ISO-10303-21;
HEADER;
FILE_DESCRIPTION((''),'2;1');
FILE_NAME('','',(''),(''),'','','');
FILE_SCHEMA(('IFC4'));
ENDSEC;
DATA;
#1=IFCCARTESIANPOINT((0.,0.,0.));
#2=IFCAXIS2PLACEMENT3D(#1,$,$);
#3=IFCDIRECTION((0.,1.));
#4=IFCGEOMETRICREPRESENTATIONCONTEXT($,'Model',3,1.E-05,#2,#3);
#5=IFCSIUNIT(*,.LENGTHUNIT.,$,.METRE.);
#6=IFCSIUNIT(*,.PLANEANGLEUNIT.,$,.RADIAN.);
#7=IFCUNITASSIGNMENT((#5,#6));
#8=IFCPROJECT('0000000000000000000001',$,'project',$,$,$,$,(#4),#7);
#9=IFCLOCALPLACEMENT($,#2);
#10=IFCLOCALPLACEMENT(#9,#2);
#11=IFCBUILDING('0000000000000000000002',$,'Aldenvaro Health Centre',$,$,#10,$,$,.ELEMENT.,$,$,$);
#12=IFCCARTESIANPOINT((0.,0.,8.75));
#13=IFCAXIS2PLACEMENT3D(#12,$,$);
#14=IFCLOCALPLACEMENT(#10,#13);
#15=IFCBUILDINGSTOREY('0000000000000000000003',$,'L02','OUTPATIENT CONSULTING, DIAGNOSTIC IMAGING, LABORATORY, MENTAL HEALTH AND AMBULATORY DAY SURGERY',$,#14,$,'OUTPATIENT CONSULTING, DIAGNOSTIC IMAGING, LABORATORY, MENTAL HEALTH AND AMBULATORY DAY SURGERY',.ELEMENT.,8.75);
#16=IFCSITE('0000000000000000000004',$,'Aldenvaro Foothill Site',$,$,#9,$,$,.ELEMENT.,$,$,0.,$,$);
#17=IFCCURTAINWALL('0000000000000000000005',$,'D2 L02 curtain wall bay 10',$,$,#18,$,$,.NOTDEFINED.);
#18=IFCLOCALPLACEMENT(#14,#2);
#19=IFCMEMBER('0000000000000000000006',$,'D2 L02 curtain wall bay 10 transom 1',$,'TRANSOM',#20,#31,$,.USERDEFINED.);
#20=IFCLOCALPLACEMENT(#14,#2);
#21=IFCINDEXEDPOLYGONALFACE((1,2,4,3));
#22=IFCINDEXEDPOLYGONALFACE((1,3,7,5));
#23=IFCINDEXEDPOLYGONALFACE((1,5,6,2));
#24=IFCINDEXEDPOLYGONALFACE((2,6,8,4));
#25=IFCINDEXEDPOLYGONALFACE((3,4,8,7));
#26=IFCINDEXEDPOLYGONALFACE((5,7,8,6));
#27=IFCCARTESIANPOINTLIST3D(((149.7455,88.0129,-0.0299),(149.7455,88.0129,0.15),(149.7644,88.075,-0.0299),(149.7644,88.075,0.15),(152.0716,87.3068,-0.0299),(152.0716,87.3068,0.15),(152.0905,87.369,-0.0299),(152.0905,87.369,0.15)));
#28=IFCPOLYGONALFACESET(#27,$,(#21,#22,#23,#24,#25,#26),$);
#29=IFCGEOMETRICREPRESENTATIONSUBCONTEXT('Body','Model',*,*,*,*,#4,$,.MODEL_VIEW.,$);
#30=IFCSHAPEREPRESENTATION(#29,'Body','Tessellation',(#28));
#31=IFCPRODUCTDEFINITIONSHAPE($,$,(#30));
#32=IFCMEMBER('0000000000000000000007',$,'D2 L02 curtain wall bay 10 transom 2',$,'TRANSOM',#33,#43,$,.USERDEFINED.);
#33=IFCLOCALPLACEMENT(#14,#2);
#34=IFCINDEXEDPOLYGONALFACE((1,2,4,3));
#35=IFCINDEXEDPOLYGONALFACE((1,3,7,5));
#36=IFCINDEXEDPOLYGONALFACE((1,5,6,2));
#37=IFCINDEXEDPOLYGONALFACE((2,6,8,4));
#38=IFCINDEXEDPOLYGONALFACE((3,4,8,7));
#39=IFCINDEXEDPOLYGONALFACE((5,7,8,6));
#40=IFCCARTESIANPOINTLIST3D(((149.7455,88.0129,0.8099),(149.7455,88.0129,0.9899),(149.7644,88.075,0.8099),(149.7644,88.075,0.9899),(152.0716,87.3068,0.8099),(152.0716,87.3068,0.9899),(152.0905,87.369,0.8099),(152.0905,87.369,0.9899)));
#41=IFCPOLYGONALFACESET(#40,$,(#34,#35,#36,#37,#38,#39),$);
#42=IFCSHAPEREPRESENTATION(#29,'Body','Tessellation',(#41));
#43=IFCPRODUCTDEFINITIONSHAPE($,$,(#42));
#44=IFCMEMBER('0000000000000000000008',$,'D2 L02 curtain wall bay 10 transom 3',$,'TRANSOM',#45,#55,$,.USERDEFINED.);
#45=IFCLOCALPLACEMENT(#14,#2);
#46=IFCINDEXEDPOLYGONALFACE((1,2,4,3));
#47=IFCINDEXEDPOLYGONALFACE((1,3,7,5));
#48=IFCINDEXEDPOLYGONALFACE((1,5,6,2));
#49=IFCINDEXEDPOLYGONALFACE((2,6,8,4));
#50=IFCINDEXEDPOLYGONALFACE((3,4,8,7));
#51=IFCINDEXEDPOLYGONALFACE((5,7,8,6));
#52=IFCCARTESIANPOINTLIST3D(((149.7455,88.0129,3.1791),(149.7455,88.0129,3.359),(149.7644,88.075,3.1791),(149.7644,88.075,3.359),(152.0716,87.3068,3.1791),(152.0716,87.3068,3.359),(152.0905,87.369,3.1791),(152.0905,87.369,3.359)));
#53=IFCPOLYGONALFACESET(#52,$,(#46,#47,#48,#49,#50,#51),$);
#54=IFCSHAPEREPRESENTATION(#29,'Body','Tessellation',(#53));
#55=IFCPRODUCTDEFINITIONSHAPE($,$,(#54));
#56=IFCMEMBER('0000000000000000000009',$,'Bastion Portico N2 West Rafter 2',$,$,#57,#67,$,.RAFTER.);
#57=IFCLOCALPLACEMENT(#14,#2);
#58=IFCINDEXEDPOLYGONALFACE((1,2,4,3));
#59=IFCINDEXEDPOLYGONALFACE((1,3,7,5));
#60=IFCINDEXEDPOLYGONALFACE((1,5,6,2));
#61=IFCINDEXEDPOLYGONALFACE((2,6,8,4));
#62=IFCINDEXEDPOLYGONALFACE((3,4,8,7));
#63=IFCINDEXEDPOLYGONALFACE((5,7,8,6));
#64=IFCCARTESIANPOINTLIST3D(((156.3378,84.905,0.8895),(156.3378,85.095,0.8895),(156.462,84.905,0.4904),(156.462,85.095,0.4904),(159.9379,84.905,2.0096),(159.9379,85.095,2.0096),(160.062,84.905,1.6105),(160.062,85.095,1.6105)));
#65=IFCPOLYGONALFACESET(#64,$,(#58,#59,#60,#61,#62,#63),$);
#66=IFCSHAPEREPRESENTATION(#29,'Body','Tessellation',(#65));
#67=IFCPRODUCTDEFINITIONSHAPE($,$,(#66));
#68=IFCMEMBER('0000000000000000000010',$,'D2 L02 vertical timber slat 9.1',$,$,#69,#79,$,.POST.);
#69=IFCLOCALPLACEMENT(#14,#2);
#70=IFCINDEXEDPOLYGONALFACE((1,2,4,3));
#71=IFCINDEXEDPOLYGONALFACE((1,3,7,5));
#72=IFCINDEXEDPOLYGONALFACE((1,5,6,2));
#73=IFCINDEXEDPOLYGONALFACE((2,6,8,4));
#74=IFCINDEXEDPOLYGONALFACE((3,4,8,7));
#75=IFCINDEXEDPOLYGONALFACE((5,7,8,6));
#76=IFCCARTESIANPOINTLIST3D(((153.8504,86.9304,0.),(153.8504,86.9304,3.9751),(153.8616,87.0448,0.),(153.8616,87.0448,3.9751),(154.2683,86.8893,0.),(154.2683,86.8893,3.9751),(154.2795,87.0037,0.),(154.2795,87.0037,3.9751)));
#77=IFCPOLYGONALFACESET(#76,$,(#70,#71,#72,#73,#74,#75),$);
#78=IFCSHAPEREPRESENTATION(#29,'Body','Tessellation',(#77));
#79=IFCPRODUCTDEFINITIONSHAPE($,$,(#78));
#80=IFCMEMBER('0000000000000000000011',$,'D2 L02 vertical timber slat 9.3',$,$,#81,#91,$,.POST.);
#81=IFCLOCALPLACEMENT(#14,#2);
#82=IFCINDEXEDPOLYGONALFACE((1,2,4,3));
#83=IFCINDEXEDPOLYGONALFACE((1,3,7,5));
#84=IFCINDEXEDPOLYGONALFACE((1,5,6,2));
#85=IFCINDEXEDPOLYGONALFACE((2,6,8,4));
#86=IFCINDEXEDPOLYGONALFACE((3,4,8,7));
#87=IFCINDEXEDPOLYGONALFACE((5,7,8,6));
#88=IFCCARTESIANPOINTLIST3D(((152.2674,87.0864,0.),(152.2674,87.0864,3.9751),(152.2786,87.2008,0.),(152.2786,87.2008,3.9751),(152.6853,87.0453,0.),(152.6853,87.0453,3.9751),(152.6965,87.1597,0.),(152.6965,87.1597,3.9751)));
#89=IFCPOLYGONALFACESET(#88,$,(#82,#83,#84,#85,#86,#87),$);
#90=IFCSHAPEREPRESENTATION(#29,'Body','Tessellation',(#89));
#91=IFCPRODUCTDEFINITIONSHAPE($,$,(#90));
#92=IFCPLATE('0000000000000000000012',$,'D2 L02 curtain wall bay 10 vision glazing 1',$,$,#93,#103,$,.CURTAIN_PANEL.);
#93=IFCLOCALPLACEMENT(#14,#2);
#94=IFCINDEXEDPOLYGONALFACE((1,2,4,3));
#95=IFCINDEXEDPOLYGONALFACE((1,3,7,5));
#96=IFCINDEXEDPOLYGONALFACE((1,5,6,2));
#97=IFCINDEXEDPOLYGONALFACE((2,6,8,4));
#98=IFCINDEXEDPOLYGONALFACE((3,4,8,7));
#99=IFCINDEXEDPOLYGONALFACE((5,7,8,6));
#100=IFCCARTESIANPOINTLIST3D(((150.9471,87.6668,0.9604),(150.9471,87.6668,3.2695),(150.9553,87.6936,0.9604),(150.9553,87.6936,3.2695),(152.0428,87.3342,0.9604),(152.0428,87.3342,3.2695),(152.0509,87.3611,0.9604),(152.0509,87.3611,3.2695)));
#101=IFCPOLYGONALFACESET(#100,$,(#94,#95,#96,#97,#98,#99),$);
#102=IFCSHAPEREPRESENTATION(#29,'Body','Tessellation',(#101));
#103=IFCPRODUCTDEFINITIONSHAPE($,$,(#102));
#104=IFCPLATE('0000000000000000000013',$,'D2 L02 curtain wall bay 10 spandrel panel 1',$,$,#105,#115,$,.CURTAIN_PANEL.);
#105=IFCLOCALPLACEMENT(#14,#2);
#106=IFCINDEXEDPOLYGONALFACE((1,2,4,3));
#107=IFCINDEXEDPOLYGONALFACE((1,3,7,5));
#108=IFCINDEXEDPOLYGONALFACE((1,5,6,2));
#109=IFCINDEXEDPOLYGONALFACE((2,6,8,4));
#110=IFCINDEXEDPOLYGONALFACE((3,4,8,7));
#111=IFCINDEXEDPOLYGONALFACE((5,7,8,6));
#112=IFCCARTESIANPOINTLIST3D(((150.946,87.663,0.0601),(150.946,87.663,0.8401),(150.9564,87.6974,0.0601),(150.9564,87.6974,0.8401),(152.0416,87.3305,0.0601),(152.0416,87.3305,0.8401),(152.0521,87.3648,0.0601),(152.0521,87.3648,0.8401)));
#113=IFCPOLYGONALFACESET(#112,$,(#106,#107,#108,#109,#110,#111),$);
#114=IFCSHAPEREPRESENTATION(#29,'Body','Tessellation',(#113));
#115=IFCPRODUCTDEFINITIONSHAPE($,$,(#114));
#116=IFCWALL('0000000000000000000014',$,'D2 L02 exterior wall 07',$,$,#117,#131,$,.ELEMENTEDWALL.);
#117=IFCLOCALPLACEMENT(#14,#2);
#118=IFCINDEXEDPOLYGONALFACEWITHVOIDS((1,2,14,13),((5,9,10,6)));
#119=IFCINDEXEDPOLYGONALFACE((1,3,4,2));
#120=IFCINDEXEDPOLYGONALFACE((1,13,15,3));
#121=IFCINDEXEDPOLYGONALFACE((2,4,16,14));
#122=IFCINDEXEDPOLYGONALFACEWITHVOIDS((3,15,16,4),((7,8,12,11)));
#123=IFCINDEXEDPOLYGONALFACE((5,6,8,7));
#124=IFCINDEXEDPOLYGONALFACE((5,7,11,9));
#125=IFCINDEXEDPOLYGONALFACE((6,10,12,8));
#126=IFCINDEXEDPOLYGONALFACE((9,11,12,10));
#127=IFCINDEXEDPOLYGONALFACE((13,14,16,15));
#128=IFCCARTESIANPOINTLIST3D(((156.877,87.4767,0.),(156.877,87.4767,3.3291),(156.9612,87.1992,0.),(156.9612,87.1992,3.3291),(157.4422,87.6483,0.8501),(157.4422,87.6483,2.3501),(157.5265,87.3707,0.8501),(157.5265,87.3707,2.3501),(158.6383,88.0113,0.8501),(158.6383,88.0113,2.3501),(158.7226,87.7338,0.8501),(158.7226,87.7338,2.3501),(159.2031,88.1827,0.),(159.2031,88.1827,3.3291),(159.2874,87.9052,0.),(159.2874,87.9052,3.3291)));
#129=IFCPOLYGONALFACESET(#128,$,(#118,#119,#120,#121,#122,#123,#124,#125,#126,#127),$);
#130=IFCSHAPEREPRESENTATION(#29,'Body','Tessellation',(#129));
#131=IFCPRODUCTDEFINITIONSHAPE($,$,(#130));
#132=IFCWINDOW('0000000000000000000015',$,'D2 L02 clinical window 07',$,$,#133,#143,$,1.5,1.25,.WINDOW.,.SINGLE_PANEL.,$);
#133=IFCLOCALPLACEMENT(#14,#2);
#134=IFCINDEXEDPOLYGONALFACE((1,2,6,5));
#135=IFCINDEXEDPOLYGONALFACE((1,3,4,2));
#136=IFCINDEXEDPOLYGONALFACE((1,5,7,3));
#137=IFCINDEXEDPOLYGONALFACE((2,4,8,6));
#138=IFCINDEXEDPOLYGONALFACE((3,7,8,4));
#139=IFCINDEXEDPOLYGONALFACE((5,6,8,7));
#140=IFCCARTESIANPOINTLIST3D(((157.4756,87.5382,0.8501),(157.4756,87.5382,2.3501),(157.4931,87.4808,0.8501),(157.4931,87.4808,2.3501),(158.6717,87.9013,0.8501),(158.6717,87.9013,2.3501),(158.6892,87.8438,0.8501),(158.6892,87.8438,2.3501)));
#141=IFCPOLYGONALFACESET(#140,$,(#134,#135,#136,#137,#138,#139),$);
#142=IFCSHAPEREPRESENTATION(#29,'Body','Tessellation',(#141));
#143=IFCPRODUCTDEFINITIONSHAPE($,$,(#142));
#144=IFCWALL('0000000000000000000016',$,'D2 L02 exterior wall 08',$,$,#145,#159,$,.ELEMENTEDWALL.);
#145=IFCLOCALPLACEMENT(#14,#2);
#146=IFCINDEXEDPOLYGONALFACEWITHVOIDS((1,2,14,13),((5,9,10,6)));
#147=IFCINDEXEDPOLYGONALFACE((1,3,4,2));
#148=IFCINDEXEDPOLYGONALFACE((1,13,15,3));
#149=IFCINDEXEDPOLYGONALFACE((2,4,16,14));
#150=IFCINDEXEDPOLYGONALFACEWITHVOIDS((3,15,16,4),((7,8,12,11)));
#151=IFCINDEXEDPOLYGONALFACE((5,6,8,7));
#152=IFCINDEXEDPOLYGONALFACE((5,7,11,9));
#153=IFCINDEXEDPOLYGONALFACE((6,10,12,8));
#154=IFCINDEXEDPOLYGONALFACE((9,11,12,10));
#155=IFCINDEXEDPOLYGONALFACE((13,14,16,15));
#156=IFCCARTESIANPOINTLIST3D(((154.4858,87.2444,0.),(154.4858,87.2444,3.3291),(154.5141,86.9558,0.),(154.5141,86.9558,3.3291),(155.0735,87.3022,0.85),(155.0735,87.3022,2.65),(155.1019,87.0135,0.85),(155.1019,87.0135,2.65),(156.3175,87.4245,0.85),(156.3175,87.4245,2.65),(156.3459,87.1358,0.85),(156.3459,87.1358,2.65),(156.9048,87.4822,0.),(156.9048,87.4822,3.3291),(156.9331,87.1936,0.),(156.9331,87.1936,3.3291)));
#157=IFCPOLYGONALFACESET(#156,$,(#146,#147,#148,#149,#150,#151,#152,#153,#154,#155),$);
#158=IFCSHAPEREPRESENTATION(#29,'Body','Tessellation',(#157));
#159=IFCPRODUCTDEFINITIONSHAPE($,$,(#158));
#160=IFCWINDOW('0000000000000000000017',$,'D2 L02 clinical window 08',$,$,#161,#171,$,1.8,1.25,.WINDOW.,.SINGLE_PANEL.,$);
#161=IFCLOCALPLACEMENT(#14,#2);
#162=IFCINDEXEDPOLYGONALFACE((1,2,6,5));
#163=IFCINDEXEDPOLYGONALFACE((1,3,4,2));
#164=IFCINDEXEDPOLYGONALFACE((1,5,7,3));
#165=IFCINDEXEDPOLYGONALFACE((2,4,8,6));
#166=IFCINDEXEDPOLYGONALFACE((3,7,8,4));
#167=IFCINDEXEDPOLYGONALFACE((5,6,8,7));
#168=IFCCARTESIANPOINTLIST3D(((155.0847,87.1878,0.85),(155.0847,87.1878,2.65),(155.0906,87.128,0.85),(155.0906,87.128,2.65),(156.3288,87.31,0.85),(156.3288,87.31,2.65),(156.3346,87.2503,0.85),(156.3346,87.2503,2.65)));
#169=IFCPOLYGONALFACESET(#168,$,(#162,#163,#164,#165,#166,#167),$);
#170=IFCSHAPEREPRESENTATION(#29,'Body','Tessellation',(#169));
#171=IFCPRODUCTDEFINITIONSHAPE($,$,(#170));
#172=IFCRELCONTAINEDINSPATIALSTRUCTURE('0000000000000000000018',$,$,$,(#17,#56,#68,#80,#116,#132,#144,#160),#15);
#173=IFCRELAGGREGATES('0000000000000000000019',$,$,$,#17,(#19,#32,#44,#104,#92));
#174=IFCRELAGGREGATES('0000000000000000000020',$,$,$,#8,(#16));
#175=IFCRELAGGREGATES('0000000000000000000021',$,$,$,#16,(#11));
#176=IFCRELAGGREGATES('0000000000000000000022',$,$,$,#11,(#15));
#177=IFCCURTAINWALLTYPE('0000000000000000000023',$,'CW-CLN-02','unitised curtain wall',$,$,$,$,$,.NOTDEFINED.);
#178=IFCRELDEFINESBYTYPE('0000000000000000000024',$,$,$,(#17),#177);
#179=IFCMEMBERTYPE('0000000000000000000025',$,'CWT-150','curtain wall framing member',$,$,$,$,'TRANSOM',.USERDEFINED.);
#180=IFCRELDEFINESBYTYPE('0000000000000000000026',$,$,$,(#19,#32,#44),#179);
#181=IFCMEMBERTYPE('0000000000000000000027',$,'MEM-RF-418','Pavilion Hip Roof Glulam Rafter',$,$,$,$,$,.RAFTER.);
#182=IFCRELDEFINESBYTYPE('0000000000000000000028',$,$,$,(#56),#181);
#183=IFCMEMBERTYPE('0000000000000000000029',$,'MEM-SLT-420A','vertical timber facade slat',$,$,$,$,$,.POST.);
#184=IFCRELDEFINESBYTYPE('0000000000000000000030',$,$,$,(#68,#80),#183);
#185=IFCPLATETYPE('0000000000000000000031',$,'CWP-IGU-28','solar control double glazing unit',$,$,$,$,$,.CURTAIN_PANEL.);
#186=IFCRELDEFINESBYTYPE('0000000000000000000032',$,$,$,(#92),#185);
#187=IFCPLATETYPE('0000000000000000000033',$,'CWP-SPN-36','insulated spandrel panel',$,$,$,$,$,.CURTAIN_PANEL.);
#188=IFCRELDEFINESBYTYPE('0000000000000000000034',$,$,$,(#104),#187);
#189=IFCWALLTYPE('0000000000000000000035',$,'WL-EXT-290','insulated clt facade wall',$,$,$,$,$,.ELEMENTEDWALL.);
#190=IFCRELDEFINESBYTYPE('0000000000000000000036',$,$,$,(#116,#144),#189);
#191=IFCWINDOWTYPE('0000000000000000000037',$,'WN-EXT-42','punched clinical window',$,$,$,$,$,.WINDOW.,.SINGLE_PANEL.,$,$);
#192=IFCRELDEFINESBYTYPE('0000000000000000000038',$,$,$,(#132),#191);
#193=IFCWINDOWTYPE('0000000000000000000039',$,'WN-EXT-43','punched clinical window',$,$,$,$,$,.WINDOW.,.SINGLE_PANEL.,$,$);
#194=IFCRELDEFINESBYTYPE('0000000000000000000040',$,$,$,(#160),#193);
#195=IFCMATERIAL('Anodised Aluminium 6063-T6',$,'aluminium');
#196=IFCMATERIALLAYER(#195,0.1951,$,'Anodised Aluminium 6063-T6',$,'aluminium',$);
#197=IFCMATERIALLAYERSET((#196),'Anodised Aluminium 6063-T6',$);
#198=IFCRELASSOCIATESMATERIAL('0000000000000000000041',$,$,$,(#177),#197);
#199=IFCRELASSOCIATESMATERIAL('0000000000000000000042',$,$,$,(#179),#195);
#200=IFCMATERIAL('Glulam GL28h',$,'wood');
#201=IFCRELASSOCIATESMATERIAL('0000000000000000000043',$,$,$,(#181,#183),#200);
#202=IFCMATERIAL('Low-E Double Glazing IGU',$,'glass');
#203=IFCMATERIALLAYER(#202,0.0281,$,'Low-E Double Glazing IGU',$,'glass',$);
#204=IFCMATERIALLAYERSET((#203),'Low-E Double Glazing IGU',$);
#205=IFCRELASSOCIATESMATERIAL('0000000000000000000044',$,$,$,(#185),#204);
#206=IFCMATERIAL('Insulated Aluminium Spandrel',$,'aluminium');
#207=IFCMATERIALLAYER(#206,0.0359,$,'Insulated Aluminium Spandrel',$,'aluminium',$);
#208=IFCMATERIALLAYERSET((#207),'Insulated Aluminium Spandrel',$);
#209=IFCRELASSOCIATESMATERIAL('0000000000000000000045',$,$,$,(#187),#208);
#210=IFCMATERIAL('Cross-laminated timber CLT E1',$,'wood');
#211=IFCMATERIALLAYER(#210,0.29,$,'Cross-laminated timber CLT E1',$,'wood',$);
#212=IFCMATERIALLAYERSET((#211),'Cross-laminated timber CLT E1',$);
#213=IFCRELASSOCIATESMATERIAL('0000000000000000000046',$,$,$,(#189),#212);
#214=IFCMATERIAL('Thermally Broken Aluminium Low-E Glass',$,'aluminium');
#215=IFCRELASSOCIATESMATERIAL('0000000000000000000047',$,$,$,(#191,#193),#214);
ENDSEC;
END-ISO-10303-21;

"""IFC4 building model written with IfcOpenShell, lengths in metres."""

from ifc_helpers import new_model, si_unit, direction, frame, frame_2d, origin, origin_2d, place, context, subcontext, project, spatial, rectangle, extrude, material, layer, layer_set, material_profile, profile_set, type_object, element, fill, aggregate, save


model = new_model("IFC4")

# Units and contexts
model_context = context("Model", 3, precision=1e-05, world=origin(), true_north=direction((0.0, 1.0)))
body_context = subcontext(model_context, "Body", "Model", "MODEL_VIEW")
ifc_project = project(units=[si_unit("LENGTHUNIT", "METRE"), si_unit("PLANEANGLEUNIT", "RADIAN")], contexts=[model_context])

# Site, building, storey
site_placement = place(None, origin())
site = spatial("IfcSite", under=ifc_project, at=site_placement, Name="Aldenvaro Foothill Site", CompositionType="ELEMENT", RefElevation=0.0)
building_placement = place(site_placement, origin())
building = spatial("IfcBuilding", under=site, at=building_placement, Name="Aldenvaro Health Centre", CompositionType="ELEMENT")
storey_placement = place(building_placement, frame((0.0, 0.0, 8.75)))
storey = spatial("IfcBuildingStorey", under=building, at=storey_placement, Name="L02", Description="OUTPATIENT CONSULTING, DIAGNOSTIC IMAGING, LABORATORY, MENTAL HEALTH AND AMBULATORY DAY SURGERY", LongName="OUTPATIENT CONSULTING, DIAGNOSTIC IMAGING, LABORATORY, MENTAL HEALTH AND AMBULATORY DAY SURGERY", CompositionType="ELEMENT", Elevation=8.75)

# Shared definitions
ifc_material_1 = material(Name="Glulam GL28h", Category="wood")

# Curtain wall, members
ifc_material_2 = material(Name="Anodised Aluminium 6063-T6", Category="aluminium")
ifc_layer_1 = layer(ifc_material_2, 0.1951, Name="Anodised Aluminium 6063-T6", Category="aluminium")
ifc_layer_set_1 = layer_set([ifc_layer_1], Name="Anodised Aluminium 6063-T6")
curtain_wall_type = type_object("IfcCurtainWallType", Name="CW-CLN-02", Description="unitised curtain wall", PredefinedType="NOTDEFINED", material=ifc_layer_set_1)
curtain_wall_placement = place(storey_placement, origin())
curtain_wall = element("IfcCurtainWall", 1, at=curtain_wall_placement, inside=storey, type_object=curtain_wall_type, Name="D2 L02 curtain wall bay 10", PredefinedType="NOTDEFINED")
ifc_material_profile_1 = material_profile(ifc_material_2, rectangle(XDim=0.0649, YDim=0.1799, at=origin_2d()), Name="ALU 65x180", Category="aluminium")
ifc_profile_set_1 = profile_set([ifc_material_profile_1], Name="Anodised Aluminium 6063-T6")
member_type_1 = type_object("IfcMemberType", Name="CWT-150", Description="curtain wall framing member", ElementType="TRANSOM", PredefinedType="USERDEFINED", material=ifc_profile_set_1)
member_1_placement = place(storey_placement, frame((152.0811, 87.3379, 0.0601), z_axis=(-0.956893, 0.290442, 0.0), x_axis=(-0.290442, -0.956893, 0.0)))
member_1 = element("IfcMember", 2, at=member_1_placement, type_object=member_type_1, Name="D2 L02 curtain wall bay 10 transom 1", ObjectType="TRANSOM", PredefinedType="USERDEFINED", context=body_context, shape_type="SweptSolid", body=[
    extrude(rectangle(XDim=0.0649, YDim=0.1799, at=origin_2d()), origin(), (0.0, 0.0, 1.0), 2.4309),
])
member_2_placement = place(storey_placement, frame((152.0811, 87.3379, 0.8999), z_axis=(-0.956893, 0.290442, 0.0), x_axis=(-0.290442, -0.956893, 0.0)))
member_2 = element("IfcMember", 3, at=member_2_placement, type_object=member_type_1, Name="D2 L02 curtain wall bay 10 transom 2", ObjectType="TRANSOM", PredefinedType="USERDEFINED", context=body_context, shape_type="SweptSolid", body=[
    extrude(rectangle(XDim=0.0649, YDim=0.1799, at=origin_2d()), origin(), (0.0, 0.0, 1.0), 2.4309),
])
member_3_placement = place(storey_placement, frame((152.0811, 87.3379, 3.269), z_axis=(-0.956893, 0.290442, 0.0), x_axis=(-0.290442, -0.956893, 0.0)))
member_3 = element("IfcMember", 4, at=member_3_placement, type_object=member_type_1, Name="D2 L02 curtain wall bay 10 transom 3", ObjectType="TRANSOM", PredefinedType="USERDEFINED", context=body_context, shape_type="SweptSolid", body=[
    extrude(rectangle(XDim=0.0649, YDim=0.1799, at=origin_2d()), origin(), (0.0, 0.0, 1.0), 2.4309),
])

# Members
ifc_material_profile_2 = material_profile(ifc_material_1, rectangle(XDim=0.1899, YDim=0.418, at=origin_2d()), Name="GL 190x418", Category="wood")
ifc_profile_set_2 = profile_set([ifc_material_profile_2], Name="Glulam GL28h")
member_type_2 = type_object("IfcMemberType", Name="MEM-RF-418", Description="Pavilion Hip Roof Glulam Rafter", PredefinedType="RAFTER", material=ifc_profile_set_2)
member_4_placement = place(storey_placement, frame((156.3999, 85.0, 0.6899), z_axis=(0.95485, 0.0, 0.297088), x_axis=(0.0, 1.0, 0.0)))
element("IfcMember", 5, at=member_4_placement, inside=storey, type_object=member_type_2, Name="Bastion Portico N2 West Rafter 2", PredefinedType="RAFTER", context=body_context, shape_type="SweptSolid", body=[
    extrude(rectangle(XDim=0.1899, YDim=0.418, at=origin_2d()), origin(), (0.0, 0.0, 1.0), 3.7703),
])
ifc_material_profile_3 = material_profile(ifc_material_1, rectangle(XDim=0.115, YDim=0.4199, at=origin_2d()), Name="GL 115x420", Category="wood")
ifc_profile_set_3 = profile_set([ifc_material_profile_3], Name="Glulam GL28h")
member_type_3 = type_object("IfcMemberType", Name="MEM-SLT-420A", Description="vertical timber facade slat", PredefinedType="POST", material=ifc_profile_set_3)
for number, where, z_axis, x_axis, name in (
    (6, (154.0649, 86.967, 0.0), (0.0, 0.0, 1.0), (-0.097915, -0.995195, 0.0), "D2 L02 vertical timber slat 9.1"),
    (7, (152.4819, 87.123, 0.0), (0.0, 0.0, 1.0), (-0.097915, -0.995195, 0.0), "D2 L02 vertical timber slat 9.3"),
):
    element("IfcMember", number, at=place(storey_placement, frame(where, z_axis=z_axis, x_axis=x_axis)), inside=storey, type_object=member_type_3, Name=name, PredefinedType="POST", context=body_context, shape_type="SweptSolid", body=[
        extrude(rectangle(XDim=0.115, YDim=0.4199, at=origin_2d()), origin(), (0.0, 0.0, 1.0), 3.9751),
    ])

# Plates
ifc_material_3 = material(Name="Low-E Double Glazing IGU", Category="glass")
ifc_layer_2 = layer(ifc_material_3, 0.0281, Name="Low-E Double Glazing IGU", Category="glass")
ifc_layer_set_2 = layer_set([ifc_layer_2], Name="Low-E Double Glazing IGU")
plate_type_1 = type_object("IfcPlateType", Name="CWP-IGU-28", Description="solar control double glazing unit", PredefinedType="CURTAIN_PANEL", material=ifc_layer_set_2)
plate_1_placement = place(storey_placement, frame((151.499, 87.5139, 0.9604), z_axis=(0.0, 0.0, 1.0), x_axis=(-0.956893, 0.290441, 0.0)))
plate_1 = element("IfcPlate", 8, at=plate_1_placement, type_object=plate_type_1, Name="D2 L02 curtain wall bay 10 vision glazing 1", PredefinedType="CURTAIN_PANEL", context=body_context, shape_type="SweptSolid", body=[
    extrude(rectangle(XDim=1.145, YDim=0.0281, at=origin_2d()), origin(), (0.0, 0.0, 1.0), 2.3091),
])
ifc_material_4 = material(Name="Insulated Aluminium Spandrel", Category="aluminium")
ifc_layer_3 = layer(ifc_material_4, 0.0359, Name="Insulated Aluminium Spandrel", Category="aluminium")
ifc_layer_set_3 = layer_set([ifc_layer_3], Name="Insulated Aluminium Spandrel")
plate_type_2 = type_object("IfcPlateType", Name="CWP-SPN-36", Description="insulated spandrel panel", PredefinedType="CURTAIN_PANEL", material=ifc_layer_set_3)
plate_2_placement = place(storey_placement, frame((151.499, 87.5139, 0.0601), z_axis=(0.0, 0.0, 1.0), x_axis=(-0.956893, 0.290441, 0.0)))
plate_2 = element("IfcPlate", 9, at=plate_2_placement, type_object=plate_type_2, Name="D2 L02 curtain wall bay 10 spandrel panel 1", PredefinedType="CURTAIN_PANEL", context=body_context, shape_type="SweptSolid", body=[
    extrude(rectangle(XDim=1.145, YDim=0.0359, at=origin_2d()), origin(), (0.0, 0.0, 1.0), 0.78),
])
aggregate(curtain_wall, [member_1, member_2, member_3, plate_2, plate_1])

# Walls, openings, windows
ifc_material_5 = material(Name="Cross-laminated timber CLT E1", Category="wood")
ifc_layer_4 = layer(ifc_material_5, 0.29, Name="Cross-laminated timber CLT E1", Category="wood")
ifc_layer_set_4 = layer_set([ifc_layer_4], Name="Cross-laminated timber CLT E1")
wall_type = type_object("IfcWallType", Name="WL-EXT-290", Description="insulated clt facade wall", PredefinedType="ELEMENTEDWALL", material=ifc_layer_set_4)
wall_1_placement = place(storey_placement, frame((159.2451, 88.0439, 0.0), z_axis=(0.0, 0.0, 1.0), x_axis=(-0.956893, -0.290442, 0.0)))
wall_1 = element("IfcWall", 10, at=wall_1_placement, inside=storey, type_object=wall_type, Name="D2 L02 exterior wall 07", PredefinedType="ELEMENTEDWALL", context=body_context, shape_type="SweptSolid", body=[
    extrude(rectangle(XDim=2.4309, YDim=0.29, at=frame_2d((1.2153, 0.0))), origin(), (0.0, 0.0, 1.0), 3.3291),
])
opening_1_placement = place(wall_1_placement, frame((0.5901, 0.0, 0.8501)))
opening_1 = element("IfcOpeningElement", 11, at=opening_1_placement, cuts=wall_1, PredefinedType="OPENING", context=body_context, shape_type="SweptSolid", body=[
    extrude(rectangle(XDim=1.25, YDim=1.5, at=frame_2d((0.625, 0.75))), frame((0.0, 0.155, 0.0), z_axis=(0.0, -1.0, 0.0), x_axis=(1.0, 0.0, 0.0)), (0.0, 0.0, 1.0), 0.3101),
])
ifc_material_6 = material(Name="Thermally Broken Aluminium Low-E Glass", Category="aluminium")
window_type_1 = type_object("IfcWindowType", Name="WN-EXT-42", Description="punched clinical window", PartitioningType="SINGLE_PANEL", PredefinedType="WINDOW", material=ifc_material_6)
window_1_placement = place(opening_1_placement, origin())
window_1 = element("IfcWindow", 12, at=window_1_placement, inside=storey, type_object=window_type_1, Name="D2 L02 clinical window 07", OverallHeight=1.5, OverallWidth=1.25, PartitioningType="SINGLE_PANEL", PredefinedType="WINDOW", context=body_context, shape_type="SweptSolid", body=[
    extrude(rectangle(XDim=1.25, YDim=1.5, at=frame_2d((0.625, 0.75))), frame((0.0, 0.03, 0.0), z_axis=(0.0, -1.0, 0.0), x_axis=(1.0, 0.0, 0.0)), (0.0, 0.0, 1.0), 0.0601),
])
fill(opening_1, window_1)
wall_2_placement = place(storey_placement, frame((156.9189, 87.3379, 0.0), z_axis=(0.0, 0.0, 1.0), x_axis=(-0.995203, -0.097833, 0.0)))
wall_2 = element("IfcWall", 13, at=wall_2_placement, inside=storey, type_object=wall_type, Name="D2 L02 exterior wall 08", PredefinedType="ELEMENTEDWALL", context=body_context, shape_type="SweptSolid", body=[
    extrude(rectangle(XDim=2.4307, YDim=0.29, at=frame_2d((1.2153, 0.0))), origin(), (0.0, 0.0, 1.0), 3.3291),
])
opening_2_placement = place(wall_2_placement, frame((0.5901, 0.0, 0.8501)))
opening_2 = element("IfcOpeningElement", 14, at=opening_2_placement, cuts=wall_2, PredefinedType="OPENING", context=body_context, shape_type="SweptSolid", body=[
    extrude(rectangle(XDim=1.25, YDim=1.8, at=frame_2d((0.625, 0.8999))), frame((0.0, 0.155, 0.0), z_axis=(0.0, -1.0, 0.0), x_axis=(1.0, 0.0, 0.0)), (0.0, 0.0, 1.0), 0.3101),
])
window_type_2 = type_object("IfcWindowType", Name="WN-EXT-43", Description="punched clinical window", PartitioningType="SINGLE_PANEL", PredefinedType="WINDOW", material=ifc_material_6)
window_2_placement = place(opening_2_placement, origin())
window_2 = element("IfcWindow", 15, at=window_2_placement, inside=storey, type_object=window_type_2, Name="D2 L02 clinical window 08", OverallHeight=1.8, OverallWidth=1.25, PartitioningType="SINGLE_PANEL", PredefinedType="WINDOW", context=body_context, shape_type="SweptSolid", body=[
    extrude(rectangle(XDim=1.25, YDim=1.8, at=frame_2d((0.625, 0.8999))), frame((0.0, 0.03, 0.0), z_axis=(0.0, -1.0, 0.0), x_axis=(1.0, 0.0, 0.0)), (0.0, 0.0, 1.0), 0.0601),
])
fill(opening_2, window_2)

save(model, "model.ifc")
